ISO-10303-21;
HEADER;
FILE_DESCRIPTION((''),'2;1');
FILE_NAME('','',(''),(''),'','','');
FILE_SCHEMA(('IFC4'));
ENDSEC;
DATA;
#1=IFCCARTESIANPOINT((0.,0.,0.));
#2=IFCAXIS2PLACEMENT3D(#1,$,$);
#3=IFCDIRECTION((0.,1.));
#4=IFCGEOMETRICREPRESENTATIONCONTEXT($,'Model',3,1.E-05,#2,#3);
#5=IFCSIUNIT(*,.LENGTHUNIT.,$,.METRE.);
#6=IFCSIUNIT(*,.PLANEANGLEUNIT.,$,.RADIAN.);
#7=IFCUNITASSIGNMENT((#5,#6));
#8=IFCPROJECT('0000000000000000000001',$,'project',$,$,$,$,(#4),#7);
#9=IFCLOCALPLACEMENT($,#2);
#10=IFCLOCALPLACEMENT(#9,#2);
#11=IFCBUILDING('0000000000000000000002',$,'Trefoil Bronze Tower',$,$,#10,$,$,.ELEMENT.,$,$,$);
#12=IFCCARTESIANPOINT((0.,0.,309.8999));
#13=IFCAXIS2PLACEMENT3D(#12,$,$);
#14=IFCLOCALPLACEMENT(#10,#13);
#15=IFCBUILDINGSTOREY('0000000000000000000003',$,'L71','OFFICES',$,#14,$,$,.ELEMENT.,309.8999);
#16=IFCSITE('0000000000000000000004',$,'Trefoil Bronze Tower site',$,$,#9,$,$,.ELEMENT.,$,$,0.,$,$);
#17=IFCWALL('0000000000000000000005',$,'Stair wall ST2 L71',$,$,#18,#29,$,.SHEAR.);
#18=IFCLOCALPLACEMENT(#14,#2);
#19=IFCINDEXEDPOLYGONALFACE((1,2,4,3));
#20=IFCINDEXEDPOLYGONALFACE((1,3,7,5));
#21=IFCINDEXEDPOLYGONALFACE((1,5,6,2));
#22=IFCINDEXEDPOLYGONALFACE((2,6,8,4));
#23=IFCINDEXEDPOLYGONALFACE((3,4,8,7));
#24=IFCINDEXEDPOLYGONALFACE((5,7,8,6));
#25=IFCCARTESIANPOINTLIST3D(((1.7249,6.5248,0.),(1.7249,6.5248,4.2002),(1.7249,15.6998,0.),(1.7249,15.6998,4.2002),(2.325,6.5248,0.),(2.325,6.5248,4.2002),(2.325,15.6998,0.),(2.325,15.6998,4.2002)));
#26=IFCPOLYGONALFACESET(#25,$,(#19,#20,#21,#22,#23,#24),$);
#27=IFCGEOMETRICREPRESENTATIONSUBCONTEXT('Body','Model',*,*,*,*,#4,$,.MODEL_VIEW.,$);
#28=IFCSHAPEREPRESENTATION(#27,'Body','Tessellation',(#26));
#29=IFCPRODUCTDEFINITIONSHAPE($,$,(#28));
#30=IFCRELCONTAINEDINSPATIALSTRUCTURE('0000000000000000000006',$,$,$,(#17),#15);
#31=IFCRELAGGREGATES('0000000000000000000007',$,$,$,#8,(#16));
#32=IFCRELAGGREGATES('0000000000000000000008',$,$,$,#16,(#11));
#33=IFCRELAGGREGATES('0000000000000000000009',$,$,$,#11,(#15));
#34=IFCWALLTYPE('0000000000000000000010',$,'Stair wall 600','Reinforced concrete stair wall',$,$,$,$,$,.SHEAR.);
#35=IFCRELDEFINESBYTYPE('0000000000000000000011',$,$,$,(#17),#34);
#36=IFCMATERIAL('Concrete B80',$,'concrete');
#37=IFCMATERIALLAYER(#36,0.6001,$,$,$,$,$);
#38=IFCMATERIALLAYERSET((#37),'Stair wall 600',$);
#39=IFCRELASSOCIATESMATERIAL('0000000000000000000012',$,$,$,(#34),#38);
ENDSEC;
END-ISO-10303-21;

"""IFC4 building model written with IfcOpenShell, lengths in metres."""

from ifc_helpers import new_model, si_unit, direction, frame, frame_2d, origin, place, context, subcontext, project, spatial, rectangle, extrude, material, layer, layer_set, type_object, element, save


model = new_model("IFC4")

# Units and contexts
model_context = context("Model", 3, precision=1e-05, world=origin(), true_north=direction((0.0, 1.0)))
body_context = subcontext(model_context, "Body", "Model", "MODEL_VIEW")
ifc_project = project(units=[si_unit("LENGTHUNIT", "METRE"), si_unit("PLANEANGLEUNIT", "RADIAN")], contexts=[model_context])

# Site, building, storey
site_placement = place(None, origin())
site = spatial("IfcSite", under=ifc_project, at=site_placement, Name="Trefoil Bronze Tower site", CompositionType="ELEMENT", RefElevation=0.0)
building_placement = place(site_placement, origin())
building = spatial("IfcBuilding", under=site, at=building_placement, Name="Trefoil Bronze Tower", CompositionType="ELEMENT")
storey_placement = place(building_placement, frame((0.0, 0.0, 309.8999)))
storey = spatial("IfcBuildingStorey", under=building, at=storey_placement, Name="L71", Description="OFFICES", CompositionType="ELEMENT", Elevation=309.8999)

# Wall
ifc_material_1 = material(Name="Concrete B80", Category="concrete")
ifc_layer_1 = layer(ifc_material_1, 0.6001)
ifc_layer_set_1 = layer_set([ifc_layer_1], Name="Stair wall 600")
wall_type_1 = type_object("IfcWallType", Name="Stair wall 600", Description="Reinforced concrete stair wall", PredefinedType="SHEAR", material=ifc_layer_set_1)
wall_1_placement = place(storey_placement, frame((2.0249, 6.5249, 0.0), z_axis=(0.0, 0.0, 1.0), x_axis=(0.0, 1.0, 0.0)))
element("IfcWall", 1, at=wall_1_placement, inside=storey, type_object=wall_type_1, Name="Stair wall ST2 L71", PredefinedType="SHEAR", context=body_context, shape_type="SweptSolid", body=[
    extrude(rectangle(XDim=9.175, YDim=0.6001, at=frame_2d((4.5874, 0.0))), origin(), (0.0, 0.0, 1.0), 4.2002),
])

save(model, "model.ifc")
